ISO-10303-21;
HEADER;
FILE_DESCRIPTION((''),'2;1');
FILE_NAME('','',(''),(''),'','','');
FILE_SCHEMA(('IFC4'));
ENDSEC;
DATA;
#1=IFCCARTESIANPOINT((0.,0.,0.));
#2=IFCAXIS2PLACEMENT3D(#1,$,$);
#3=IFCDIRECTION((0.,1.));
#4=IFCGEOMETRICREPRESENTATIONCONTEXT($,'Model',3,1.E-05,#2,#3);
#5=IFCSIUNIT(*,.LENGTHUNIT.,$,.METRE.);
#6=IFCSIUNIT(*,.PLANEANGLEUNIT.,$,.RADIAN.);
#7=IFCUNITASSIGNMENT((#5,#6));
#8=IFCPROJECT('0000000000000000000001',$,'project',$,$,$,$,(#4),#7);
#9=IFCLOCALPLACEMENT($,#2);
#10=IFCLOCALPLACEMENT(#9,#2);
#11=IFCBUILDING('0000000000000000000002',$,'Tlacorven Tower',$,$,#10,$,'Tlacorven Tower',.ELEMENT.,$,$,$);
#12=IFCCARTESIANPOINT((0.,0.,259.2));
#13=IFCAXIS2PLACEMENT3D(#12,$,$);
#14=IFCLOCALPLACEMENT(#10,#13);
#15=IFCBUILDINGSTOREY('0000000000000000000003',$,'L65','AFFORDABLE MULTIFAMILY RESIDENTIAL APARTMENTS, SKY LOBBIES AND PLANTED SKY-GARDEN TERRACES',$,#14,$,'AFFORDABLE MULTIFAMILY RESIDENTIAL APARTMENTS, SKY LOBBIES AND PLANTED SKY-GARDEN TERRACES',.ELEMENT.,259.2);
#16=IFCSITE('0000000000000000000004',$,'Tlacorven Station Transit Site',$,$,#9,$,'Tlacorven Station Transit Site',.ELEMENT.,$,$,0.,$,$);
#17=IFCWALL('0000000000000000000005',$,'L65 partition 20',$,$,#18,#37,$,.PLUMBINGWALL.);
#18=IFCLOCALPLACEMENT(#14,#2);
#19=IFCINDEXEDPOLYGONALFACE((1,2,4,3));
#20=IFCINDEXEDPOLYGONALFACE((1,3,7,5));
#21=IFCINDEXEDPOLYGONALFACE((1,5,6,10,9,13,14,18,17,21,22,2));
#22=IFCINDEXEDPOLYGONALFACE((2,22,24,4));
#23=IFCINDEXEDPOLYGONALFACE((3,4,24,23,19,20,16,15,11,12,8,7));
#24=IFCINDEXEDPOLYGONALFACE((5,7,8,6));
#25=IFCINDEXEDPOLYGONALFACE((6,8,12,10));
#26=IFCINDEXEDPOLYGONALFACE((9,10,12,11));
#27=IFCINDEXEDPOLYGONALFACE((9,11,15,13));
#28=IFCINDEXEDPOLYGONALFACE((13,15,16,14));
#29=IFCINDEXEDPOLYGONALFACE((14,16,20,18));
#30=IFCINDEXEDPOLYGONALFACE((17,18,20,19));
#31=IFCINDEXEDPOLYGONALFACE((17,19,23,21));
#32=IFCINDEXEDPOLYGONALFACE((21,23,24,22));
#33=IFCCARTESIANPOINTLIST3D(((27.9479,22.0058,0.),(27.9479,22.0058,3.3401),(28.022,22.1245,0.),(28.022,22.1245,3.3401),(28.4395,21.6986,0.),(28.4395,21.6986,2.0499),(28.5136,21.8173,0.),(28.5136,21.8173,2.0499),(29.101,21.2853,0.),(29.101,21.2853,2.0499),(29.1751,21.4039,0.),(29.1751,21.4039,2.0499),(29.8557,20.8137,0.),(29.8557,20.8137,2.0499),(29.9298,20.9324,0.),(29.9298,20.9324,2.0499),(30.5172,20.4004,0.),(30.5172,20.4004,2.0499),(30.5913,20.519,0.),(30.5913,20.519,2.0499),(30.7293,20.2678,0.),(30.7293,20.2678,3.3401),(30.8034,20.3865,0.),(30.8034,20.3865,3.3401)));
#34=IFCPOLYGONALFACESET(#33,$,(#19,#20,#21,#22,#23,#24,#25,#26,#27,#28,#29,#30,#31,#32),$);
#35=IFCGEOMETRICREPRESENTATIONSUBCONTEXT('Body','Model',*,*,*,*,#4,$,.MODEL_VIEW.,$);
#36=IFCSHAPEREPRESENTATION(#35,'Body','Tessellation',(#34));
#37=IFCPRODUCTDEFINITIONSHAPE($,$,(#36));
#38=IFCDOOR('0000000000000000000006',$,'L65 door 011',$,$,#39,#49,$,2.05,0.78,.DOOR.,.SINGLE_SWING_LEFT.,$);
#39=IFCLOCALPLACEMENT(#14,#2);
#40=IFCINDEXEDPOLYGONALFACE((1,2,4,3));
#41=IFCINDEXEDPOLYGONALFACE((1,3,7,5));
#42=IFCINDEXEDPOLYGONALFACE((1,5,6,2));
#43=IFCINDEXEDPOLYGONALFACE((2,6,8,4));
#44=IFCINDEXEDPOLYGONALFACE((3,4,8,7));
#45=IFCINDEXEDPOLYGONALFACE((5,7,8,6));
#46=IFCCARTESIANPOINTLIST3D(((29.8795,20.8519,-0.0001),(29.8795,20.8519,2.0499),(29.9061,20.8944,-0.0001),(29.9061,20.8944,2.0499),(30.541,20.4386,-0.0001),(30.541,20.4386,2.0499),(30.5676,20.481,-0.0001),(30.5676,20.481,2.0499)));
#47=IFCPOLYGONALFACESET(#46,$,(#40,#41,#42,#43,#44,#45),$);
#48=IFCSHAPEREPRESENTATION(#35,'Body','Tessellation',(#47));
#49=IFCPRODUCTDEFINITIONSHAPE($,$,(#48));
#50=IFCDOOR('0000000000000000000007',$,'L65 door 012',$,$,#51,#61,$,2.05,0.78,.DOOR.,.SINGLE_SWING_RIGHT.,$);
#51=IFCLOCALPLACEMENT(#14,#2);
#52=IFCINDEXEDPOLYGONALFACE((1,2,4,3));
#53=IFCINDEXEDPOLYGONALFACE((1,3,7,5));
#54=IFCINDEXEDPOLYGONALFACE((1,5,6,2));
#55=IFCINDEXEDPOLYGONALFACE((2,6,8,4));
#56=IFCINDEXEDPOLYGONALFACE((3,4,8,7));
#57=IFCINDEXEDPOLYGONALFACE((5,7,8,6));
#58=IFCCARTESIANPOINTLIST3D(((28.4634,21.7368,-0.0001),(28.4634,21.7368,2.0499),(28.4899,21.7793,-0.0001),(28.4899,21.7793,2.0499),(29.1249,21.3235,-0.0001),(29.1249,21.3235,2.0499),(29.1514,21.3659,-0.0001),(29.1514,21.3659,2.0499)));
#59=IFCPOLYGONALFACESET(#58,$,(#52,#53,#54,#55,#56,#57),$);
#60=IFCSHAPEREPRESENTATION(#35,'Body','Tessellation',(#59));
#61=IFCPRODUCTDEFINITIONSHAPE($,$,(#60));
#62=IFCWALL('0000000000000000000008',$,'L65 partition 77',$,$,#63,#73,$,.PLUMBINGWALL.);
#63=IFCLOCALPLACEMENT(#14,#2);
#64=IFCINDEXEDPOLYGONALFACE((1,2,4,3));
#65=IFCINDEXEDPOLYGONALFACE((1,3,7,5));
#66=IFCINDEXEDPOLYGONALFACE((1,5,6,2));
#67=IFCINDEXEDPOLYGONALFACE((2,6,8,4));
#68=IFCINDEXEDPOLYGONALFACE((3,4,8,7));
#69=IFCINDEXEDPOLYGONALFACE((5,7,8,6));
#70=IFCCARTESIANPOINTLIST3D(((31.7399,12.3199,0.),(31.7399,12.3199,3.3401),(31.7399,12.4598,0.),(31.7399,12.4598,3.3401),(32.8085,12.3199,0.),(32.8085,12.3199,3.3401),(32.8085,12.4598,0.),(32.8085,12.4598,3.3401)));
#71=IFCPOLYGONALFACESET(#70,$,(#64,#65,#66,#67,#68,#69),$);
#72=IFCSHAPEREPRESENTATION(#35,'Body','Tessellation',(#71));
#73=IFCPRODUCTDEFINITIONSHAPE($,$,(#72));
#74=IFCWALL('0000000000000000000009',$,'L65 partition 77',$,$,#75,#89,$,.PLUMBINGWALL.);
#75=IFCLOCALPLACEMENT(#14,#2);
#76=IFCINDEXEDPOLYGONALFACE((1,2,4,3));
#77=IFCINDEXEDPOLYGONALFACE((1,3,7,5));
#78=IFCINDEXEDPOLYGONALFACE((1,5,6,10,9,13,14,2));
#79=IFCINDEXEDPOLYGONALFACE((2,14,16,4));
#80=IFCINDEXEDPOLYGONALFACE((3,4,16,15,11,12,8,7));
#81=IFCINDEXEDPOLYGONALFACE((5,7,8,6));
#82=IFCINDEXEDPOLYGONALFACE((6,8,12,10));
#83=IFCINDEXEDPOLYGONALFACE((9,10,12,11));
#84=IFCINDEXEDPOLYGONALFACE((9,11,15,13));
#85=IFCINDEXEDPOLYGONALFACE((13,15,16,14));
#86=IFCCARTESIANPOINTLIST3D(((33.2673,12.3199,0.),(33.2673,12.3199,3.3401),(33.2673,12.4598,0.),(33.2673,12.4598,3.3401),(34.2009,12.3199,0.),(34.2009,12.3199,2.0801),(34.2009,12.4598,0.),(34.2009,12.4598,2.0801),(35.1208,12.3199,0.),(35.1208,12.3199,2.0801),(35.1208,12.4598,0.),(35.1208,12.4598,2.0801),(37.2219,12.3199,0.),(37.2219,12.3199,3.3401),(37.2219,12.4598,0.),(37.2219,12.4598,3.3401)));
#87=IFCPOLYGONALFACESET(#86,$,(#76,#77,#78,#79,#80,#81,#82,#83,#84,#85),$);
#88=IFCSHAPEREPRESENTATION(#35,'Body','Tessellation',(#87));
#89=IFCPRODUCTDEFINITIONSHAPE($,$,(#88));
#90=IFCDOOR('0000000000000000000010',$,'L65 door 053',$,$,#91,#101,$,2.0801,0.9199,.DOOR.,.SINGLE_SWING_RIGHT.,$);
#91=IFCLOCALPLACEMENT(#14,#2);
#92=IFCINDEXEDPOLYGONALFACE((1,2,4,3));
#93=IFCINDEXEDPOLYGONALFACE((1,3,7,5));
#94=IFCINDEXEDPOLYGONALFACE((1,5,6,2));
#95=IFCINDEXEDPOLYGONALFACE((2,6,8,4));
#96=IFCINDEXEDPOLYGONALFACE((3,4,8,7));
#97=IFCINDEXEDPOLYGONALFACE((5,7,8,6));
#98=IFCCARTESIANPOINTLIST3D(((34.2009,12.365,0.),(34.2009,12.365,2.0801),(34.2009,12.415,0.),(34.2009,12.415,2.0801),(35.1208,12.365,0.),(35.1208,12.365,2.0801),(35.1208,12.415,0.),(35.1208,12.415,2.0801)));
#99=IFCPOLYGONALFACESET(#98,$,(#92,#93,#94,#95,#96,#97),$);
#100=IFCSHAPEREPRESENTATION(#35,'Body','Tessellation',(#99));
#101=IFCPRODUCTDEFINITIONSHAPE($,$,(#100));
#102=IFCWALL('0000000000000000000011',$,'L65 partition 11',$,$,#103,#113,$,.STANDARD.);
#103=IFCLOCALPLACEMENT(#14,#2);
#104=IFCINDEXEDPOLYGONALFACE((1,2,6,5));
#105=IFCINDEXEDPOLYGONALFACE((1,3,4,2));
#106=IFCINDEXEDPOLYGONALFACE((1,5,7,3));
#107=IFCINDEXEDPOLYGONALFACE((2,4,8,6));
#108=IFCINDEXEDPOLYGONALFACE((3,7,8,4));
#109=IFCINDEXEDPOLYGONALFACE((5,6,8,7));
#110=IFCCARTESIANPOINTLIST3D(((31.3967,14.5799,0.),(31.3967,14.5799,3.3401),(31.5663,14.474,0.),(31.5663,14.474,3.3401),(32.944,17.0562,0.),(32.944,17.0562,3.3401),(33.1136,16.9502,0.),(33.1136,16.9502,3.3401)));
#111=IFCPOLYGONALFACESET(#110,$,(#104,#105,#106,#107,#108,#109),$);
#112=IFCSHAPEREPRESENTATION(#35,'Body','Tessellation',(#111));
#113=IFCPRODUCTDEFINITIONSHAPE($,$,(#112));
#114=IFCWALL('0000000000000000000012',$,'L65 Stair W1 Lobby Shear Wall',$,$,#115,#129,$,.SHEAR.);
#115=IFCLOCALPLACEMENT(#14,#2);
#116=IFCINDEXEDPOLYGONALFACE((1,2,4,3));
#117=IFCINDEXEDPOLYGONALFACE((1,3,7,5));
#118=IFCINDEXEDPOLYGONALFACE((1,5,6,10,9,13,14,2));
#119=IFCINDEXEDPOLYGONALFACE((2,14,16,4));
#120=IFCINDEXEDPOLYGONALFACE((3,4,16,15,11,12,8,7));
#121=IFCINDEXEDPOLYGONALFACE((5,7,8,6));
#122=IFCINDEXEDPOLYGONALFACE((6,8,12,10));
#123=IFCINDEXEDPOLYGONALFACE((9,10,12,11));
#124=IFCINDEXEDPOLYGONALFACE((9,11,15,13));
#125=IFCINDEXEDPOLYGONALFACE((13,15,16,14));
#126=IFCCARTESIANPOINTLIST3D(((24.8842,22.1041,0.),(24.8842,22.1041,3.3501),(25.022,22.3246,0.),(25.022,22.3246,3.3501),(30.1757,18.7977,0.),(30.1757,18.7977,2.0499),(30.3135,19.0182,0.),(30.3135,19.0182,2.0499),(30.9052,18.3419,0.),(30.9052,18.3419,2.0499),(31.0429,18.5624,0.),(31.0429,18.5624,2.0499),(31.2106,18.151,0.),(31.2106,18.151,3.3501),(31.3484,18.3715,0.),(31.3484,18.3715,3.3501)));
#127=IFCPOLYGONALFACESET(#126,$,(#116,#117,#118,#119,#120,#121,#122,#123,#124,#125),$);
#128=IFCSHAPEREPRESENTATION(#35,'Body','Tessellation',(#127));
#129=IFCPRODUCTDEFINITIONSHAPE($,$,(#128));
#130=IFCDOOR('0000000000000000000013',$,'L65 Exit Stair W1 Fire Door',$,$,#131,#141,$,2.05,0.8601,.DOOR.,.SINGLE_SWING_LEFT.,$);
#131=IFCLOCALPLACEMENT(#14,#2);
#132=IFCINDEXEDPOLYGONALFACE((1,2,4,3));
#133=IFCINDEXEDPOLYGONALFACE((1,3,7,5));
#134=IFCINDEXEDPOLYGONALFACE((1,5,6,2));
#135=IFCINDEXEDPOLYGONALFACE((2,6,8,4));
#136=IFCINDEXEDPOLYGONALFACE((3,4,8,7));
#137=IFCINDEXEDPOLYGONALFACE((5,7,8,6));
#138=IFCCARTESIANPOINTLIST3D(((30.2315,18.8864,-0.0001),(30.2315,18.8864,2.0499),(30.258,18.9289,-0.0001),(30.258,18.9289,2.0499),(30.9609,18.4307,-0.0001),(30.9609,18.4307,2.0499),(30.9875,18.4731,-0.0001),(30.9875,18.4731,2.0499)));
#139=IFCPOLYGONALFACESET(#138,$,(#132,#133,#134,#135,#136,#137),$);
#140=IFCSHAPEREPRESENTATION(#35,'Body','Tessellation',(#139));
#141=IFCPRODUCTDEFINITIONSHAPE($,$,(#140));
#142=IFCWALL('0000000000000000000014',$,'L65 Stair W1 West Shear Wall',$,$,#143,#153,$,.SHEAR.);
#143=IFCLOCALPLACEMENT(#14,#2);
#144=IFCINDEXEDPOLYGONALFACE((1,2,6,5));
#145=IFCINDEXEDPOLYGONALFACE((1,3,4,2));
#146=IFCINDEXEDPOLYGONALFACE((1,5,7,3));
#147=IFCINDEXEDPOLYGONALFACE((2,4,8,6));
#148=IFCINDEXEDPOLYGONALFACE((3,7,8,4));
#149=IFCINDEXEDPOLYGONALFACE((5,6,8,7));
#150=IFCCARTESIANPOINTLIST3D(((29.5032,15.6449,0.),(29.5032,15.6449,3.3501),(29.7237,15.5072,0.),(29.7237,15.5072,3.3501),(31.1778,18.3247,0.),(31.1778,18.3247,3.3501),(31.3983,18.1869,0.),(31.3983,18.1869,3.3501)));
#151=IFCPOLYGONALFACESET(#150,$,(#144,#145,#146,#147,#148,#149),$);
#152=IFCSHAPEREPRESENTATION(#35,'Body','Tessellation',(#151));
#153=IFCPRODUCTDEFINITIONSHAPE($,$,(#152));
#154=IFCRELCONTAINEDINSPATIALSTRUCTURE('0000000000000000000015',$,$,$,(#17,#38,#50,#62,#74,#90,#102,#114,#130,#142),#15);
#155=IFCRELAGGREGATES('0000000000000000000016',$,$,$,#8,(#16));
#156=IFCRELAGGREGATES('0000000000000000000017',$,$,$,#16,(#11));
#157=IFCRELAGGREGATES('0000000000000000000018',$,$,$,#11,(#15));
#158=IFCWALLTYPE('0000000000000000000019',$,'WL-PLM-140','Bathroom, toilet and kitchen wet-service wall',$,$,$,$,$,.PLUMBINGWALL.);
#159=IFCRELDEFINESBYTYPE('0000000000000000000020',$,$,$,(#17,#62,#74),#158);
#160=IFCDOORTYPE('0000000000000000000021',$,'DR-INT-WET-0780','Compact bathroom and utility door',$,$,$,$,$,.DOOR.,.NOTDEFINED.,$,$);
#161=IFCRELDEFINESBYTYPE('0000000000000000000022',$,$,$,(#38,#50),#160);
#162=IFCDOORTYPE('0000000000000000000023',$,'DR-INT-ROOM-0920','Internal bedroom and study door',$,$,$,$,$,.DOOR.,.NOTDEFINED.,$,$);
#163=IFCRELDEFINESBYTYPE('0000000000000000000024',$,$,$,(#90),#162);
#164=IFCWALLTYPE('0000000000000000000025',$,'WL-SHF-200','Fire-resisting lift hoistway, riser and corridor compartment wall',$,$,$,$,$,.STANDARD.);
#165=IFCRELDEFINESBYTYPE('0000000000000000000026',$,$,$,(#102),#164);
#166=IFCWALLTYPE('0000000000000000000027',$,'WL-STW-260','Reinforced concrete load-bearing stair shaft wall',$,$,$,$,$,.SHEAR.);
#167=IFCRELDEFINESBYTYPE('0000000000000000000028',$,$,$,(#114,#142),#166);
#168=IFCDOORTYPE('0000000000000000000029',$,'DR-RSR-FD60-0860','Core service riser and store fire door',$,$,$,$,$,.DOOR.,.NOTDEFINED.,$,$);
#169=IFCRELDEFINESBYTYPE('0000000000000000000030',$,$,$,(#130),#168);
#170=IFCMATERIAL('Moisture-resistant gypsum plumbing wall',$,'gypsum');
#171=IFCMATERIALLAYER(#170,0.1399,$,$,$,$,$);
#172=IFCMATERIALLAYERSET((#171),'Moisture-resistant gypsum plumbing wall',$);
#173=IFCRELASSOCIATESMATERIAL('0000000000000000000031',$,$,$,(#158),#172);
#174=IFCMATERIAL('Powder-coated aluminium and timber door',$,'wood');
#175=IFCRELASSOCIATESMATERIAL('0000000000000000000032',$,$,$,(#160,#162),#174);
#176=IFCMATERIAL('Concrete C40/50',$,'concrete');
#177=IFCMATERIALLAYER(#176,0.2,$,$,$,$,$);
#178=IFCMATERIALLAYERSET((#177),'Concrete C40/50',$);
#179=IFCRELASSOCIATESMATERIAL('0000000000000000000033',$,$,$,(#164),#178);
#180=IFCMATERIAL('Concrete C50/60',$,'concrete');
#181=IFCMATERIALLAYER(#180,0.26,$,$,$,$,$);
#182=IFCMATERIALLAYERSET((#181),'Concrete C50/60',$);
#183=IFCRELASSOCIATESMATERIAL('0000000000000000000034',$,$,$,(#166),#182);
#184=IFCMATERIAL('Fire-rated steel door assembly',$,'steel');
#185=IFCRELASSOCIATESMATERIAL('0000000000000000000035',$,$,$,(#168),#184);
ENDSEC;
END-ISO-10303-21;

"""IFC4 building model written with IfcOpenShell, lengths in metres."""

from ifc_helpers import new_model, si_unit, direction, frame, frame_2d, origin, place, context, subcontext, project, spatial, rectangle, extrude, source, transform, mapped, material, layer, layer_set, type_object, element, fill, save


model = new_model("IFC4")

# Units and contexts
model_context = context("Model", 3, precision=1e-05, world=origin(), true_north=direction((0.0, 1.0)))
body_context = subcontext(model_context, "Body", "Model", "MODEL_VIEW")
ifc_project = project(units=[si_unit("LENGTHUNIT", "METRE"), si_unit("PLANEANGLEUNIT", "RADIAN")], contexts=[model_context])

# Site, building, storey
site_placement = place(None, origin())
site = spatial("IfcSite", under=ifc_project, at=site_placement, Name="Tlacorven Station Transit Site", LongName="Tlacorven Station Transit Site", CompositionType="ELEMENT", RefElevation=0.0)
building_placement = place(site_placement, origin())
building = spatial("IfcBuilding", under=site, at=building_placement, Name="Tlacorven Tower", LongName="Tlacorven Tower", CompositionType="ELEMENT")
storey_placement = place(building_placement, frame((0.0, 0.0, 259.2)))
storey = spatial("IfcBuildingStorey", under=building, at=storey_placement, Name="L65", Description="AFFORDABLE MULTIFAMILY RESIDENTIAL APARTMENTS, SKY LOBBIES AND PLANTED SKY-GARDEN TERRACES", LongName="AFFORDABLE MULTIFAMILY RESIDENTIAL APARTMENTS, SKY LOBBIES AND PLANTED SKY-GARDEN TERRACES", CompositionType="ELEMENT", Elevation=259.2)

# Shared definitions
ifc_material_1 = material(Name="Concrete C50/60", Category="concrete")

# Shared definitions
ifc_material_2 = material(Name="Fire-rated steel door assembly", Category="steel")

# Wall, openings, doors
ifc_material_3 = material(Name="Moisture-resistant gypsum plumbing wall", Category="gypsum")
ifc_layer_1 = layer(ifc_material_3, 0.1399)
ifc_layer_set_1 = layer_set([ifc_layer_1], Name="Moisture-resistant gypsum plumbing wall")
wall_type_1 = type_object("IfcWallType", Name="WL-PLM-140", Description="Bathroom, toilet and kitchen wet-service wall", PredefinedType="PLUMBINGWALL", material=ifc_layer_set_1)
wall_1_placement = place(storey_placement, frame((30.7664, 20.3271, 0.0), z_axis=(0.0, 0.0, 1.0), x_axis=(-0.848053, 0.529912, 0.0)))
wall_1 = element("IfcWall", 1, at=wall_1_placement, inside=storey, type_object=wall_type_1, Name="L65 partition 20", PredefinedType="PLUMBINGWALL", context=body_context, shape_type="SweptSolid", body=[
    extrude(rectangle(XDim=3.2798, YDim=0.1399, at=frame_2d((1.6399, 0.0))), origin(), (0.0, 0.0, 1.0), 3.3401),
])
opening_1_placement = place(wall_1_placement, frame((0.25, 0.0, 0.0)))
opening_1 = element("IfcOpeningElement", 2, at=opening_1_placement, cuts=wall_1, PredefinedType="OPENING", context=body_context, shape_type="SweptSolid", body=[
    extrude(rectangle(XDim=0.78, YDim=2.05, at=frame_2d((0.3901, 1.0249))), frame((0.0, 0.0801, 0.0), z_axis=(0.0, -1.0, 0.0), x_axis=(1.0, 0.0, 0.0)), (0.0, 0.0, 1.0), 0.1599),
])
opening_2_placement = place(wall_1_placement, frame((1.9199, 0.0, 0.0)))
opening_2 = element("IfcOpeningElement", 3, at=opening_2_placement, cuts=wall_1, PredefinedType="OPENING", context=body_context, shape_type="SweptSolid", body=[
    extrude(rectangle(XDim=0.78, YDim=2.05, at=frame_2d((0.3901, 1.0249))), frame((0.0, 0.0801, 0.0), z_axis=(0.0, -1.0, 0.0), x_axis=(1.0, 0.0, 0.0)), (0.0, 0.0, 1.0), 0.1599),
])
ifc_material_4 = material(Name="Powder-coated aluminium and timber door", Category="wood")
door_type_1 = type_object("IfcDoorType", Name="DR-INT-WET-0780", Description="Compact bathroom and utility door", OperationType="NOTDEFINED", PredefinedType="DOOR", material=ifc_material_4)
shared_shape_1 = source(origin(), body_context, "Body", "SweptSolid", [
    extrude(rectangle(XDim=0.78, YDim=2.05, at=frame_2d((0.3901, 1.0249))), frame((0.0, 0.0249, 0.0), z_axis=(0.0, -1.0, 0.0), x_axis=(1.0, 0.0, 0.0)), (0.0, 0.0, 1.0), 0.05),
])
door_1_placement = place(opening_1_placement, origin())
door_1 = element("IfcDoor", 4, at=door_1_placement, inside=storey, type_object=door_type_1, Name="L65 door 011", OperationType="SINGLE_SWING_LEFT", OverallHeight=2.05, OverallWidth=0.78, PredefinedType="DOOR", context=body_context, shape_type="MappedRepresentation", body=[
    mapped(shared_shape_1, transform((0.0, 0.0, 0.0), scale=1.0)),
])
fill(opening_1, door_1)
door_2_placement = place(opening_2_placement, origin())
door_2 = element("IfcDoor", 5, at=door_2_placement, inside=storey, type_object=door_type_1, Name="L65 door 012", OperationType="SINGLE_SWING_RIGHT", OverallHeight=2.05, OverallWidth=0.78, PredefinedType="DOOR", context=body_context, shape_type="MappedRepresentation", body=[
    mapped(shared_shape_1, transform((0.0, 0.0, 0.0), scale=1.0)),
])
fill(opening_2, door_2)

# Wall
wall_2_placement = place(storey_placement, frame((31.74, 12.3899, 0.0), z_axis=(0.0, 0.0, 1.0), x_axis=(1.0, 0.0, 0.0)))
element("IfcWall", 6, at=wall_2_placement, inside=storey, type_object=wall_type_1, Name="L65 partition 77", PredefinedType="PLUMBINGWALL", context=body_context, shape_type="SweptSolid", body=[
    extrude(rectangle(XDim=1.0686, YDim=0.1399, at=frame_2d((0.5342, 0.0))), origin(), (0.0, 0.0, 1.0), 3.3401),
])

# Wall, opening, door
wall_3_placement = place(storey_placement, frame((33.2673, 12.3899, 0.0), z_axis=(0.0, 0.0, 1.0), x_axis=(1.0, 0.0, 0.0)))
wall_3 = element("IfcWall", 7, at=wall_3_placement, inside=storey, type_object=wall_type_1, Name="L65 partition 77", PredefinedType="PLUMBINGWALL", context=body_context, shape_type="SweptSolid", body=[
    extrude(rectangle(XDim=3.9546, YDim=0.1399, at=frame_2d((1.9773, 0.0))), origin(), (0.0, 0.0, 1.0), 3.3401),
])
opening_3_placement = place(wall_3_placement, frame((0.9336, 0.0, 0.0)))
opening_3 = element("IfcOpeningElement", 8, at=opening_3_placement, cuts=wall_3, PredefinedType="OPENING", context=body_context, shape_type="SweptSolid", body=[
    extrude(rectangle(XDim=0.9199, YDim=2.0801, at=frame_2d((0.46, 1.04))), frame((0.0, 0.0801, 0.0), z_axis=(0.0, -1.0, 0.0), x_axis=(1.0, 0.0, 0.0)), (0.0, 0.0, 1.0), 0.1599),
])
door_type_2 = type_object("IfcDoorType", Name="DR-INT-ROOM-0920", Description="Internal bedroom and study door", OperationType="NOTDEFINED", PredefinedType="DOOR", material=ifc_material_4)
shared_shape_2 = source(origin(), body_context, "Body", "SweptSolid", [
    extrude(rectangle(XDim=0.9199, YDim=2.0801, at=frame_2d((0.46, 1.04))), frame((0.0, 0.0249, 0.0), z_axis=(0.0, -1.0, 0.0), x_axis=(1.0, 0.0, 0.0)), (0.0, 0.0, 1.0), 0.05),
])
door_3_placement = place(opening_3_placement, frame((0.9199, 0.0, 0.0), z_axis=(0.0, 0.0, 1.0), x_axis=(-1.0, 0.0, 0.0)))
door_3 = element("IfcDoor", 9, at=door_3_placement, inside=storey, type_object=door_type_2, Name="L65 door 053", OperationType="SINGLE_SWING_RIGHT", OverallHeight=2.0801, OverallWidth=0.9199, PredefinedType="DOOR", context=body_context, shape_type="MappedRepresentation", body=[
    mapped(shared_shape_2, transform((0.0, 0.0, 0.0), scale=1.0)),
])
fill(opening_3, door_3)

# Wall
ifc_material_5 = material(Name="Concrete C40/50", Category="concrete")
ifc_layer_2 = layer(ifc_material_5, 0.2)
ifc_layer_set_2 = layer_set([ifc_layer_2], Name="Concrete C40/50")
wall_type_2 = type_object("IfcWallType", Name="WL-SHF-200", Description="Fire-resisting lift hoistway, riser and corridor compartment wall", PredefinedType="STANDARD", material=ifc_layer_set_2)
wall_4_placement = place(storey_placement, frame((33.0288, 17.0032, 0.0), z_axis=(0.0, 0.0, 1.0), x_axis=(-0.529916, -0.84805, 0.0)))
element("IfcWall", 10, at=wall_4_placement, inside=storey, type_object=wall_type_2, Name="L65 partition 11", PredefinedType="STANDARD", context=body_context, shape_type="SweptSolid", body=[
    extrude(rectangle(XDim=2.9199, YDim=0.2, at=frame_2d((1.46, 0.0))), origin(), (0.0, 0.0, 1.0), 3.3401),
])

# Wall, opening, door
ifc_layer_3 = layer(ifc_material_1, 0.26)
ifc_layer_set_3 = layer_set([ifc_layer_3], Name="Concrete C50/60")
wall_type_3 = type_object("IfcWallType", Name="WL-STW-260", Description="Reinforced concrete load-bearing stair shaft wall", PredefinedType="SHEAR", material=ifc_layer_set_3)
wall_5_placement = place(storey_placement, frame((31.2795, 18.2612, 0.0), z_axis=(0.0, 0.0, 1.0), x_axis=(-0.848052, 0.529914, 0.0)))
wall_5 = element("IfcWall", 11, at=wall_5_placement, inside=storey, type_object=wall_type_3, Name="L65 Stair W1 Lobby Shear Wall", PredefinedType="SHEAR", context=body_context, shape_type="SweptSolid", body=[
    extrude(rectangle(XDim=7.46, YDim=0.26, at=frame_2d((3.73, 0.0))), origin(), (0.0, 0.0, 1.0), 3.3501),
])
opening_4_placement = place(wall_5_placement, frame((0.3601, 0.0, 0.0)))
opening_4 = element("IfcOpeningElement", 12, at=opening_4_placement, cuts=wall_5, PredefinedType="OPENING", context=body_context, shape_type="SweptSolid", body=[
    extrude(rectangle(XDim=0.8601, YDim=2.05, at=frame_2d((0.4302, 1.0249))), frame((0.0, 0.1401, 0.0), z_axis=(0.0, -1.0, 0.0), x_axis=(1.0, 0.0, 0.0)), (0.0, 0.0, 1.0), 0.28),
])
door_type_3 = type_object("IfcDoorType", Name="DR-RSR-FD60-0860", Description="Core service riser and store fire door", OperationType="NOTDEFINED", PredefinedType="DOOR", material=ifc_material_2)
shared_shape_3 = source(origin(), body_context, "Body", "SweptSolid", [
    extrude(rectangle(XDim=0.8601, YDim=2.05, at=frame_2d((0.4302, 1.0249))), frame((0.0, 0.0249, 0.0), z_axis=(0.0, -1.0, 0.0), x_axis=(1.0, 0.0, 0.0)), (0.0, 0.0, 1.0), 0.05),
])
door_4_placement = place(opening_4_placement, frame((0.8601, 0.0, 0.0), z_axis=(0.0, 0.0, 1.0), x_axis=(-1.0, 0.0, 0.0)))
door_4 = element("IfcDoor", 13, at=door_4_placement, inside=storey, type_object=door_type_3, Name="L65 Exit Stair W1 Fire Door", OperationType="SINGLE_SWING_LEFT", OverallHeight=2.05, OverallWidth=0.8601, PredefinedType="DOOR", context=body_context, shape_type="MappedRepresentation", body=[
    mapped(shared_shape_3, transform((0.0, 0.0, 0.0), scale=1.0)),
])
fill(opening_4, door_4)

# Wall
wall_6_placement = place(storey_placement, frame((31.2881, 18.2559, 0.0), z_axis=(0.0, 0.0, 1.0), x_axis=(-0.529943, -0.848033, 0.0)))
element("IfcWall", 14, at=wall_6_placement, inside=storey, type_object=wall_type_3, Name="L65 Stair W1 West Shear Wall", PredefinedType="SHEAR", context=body_context, shape_type="SweptSolid", body=[
    extrude(rectangle(XDim=3.1599, YDim=0.26, at=frame_2d((1.5801, 0.0))), origin(), (0.0, 0.0, 1.0), 3.3501),
])

save(model, "model.ifc")
